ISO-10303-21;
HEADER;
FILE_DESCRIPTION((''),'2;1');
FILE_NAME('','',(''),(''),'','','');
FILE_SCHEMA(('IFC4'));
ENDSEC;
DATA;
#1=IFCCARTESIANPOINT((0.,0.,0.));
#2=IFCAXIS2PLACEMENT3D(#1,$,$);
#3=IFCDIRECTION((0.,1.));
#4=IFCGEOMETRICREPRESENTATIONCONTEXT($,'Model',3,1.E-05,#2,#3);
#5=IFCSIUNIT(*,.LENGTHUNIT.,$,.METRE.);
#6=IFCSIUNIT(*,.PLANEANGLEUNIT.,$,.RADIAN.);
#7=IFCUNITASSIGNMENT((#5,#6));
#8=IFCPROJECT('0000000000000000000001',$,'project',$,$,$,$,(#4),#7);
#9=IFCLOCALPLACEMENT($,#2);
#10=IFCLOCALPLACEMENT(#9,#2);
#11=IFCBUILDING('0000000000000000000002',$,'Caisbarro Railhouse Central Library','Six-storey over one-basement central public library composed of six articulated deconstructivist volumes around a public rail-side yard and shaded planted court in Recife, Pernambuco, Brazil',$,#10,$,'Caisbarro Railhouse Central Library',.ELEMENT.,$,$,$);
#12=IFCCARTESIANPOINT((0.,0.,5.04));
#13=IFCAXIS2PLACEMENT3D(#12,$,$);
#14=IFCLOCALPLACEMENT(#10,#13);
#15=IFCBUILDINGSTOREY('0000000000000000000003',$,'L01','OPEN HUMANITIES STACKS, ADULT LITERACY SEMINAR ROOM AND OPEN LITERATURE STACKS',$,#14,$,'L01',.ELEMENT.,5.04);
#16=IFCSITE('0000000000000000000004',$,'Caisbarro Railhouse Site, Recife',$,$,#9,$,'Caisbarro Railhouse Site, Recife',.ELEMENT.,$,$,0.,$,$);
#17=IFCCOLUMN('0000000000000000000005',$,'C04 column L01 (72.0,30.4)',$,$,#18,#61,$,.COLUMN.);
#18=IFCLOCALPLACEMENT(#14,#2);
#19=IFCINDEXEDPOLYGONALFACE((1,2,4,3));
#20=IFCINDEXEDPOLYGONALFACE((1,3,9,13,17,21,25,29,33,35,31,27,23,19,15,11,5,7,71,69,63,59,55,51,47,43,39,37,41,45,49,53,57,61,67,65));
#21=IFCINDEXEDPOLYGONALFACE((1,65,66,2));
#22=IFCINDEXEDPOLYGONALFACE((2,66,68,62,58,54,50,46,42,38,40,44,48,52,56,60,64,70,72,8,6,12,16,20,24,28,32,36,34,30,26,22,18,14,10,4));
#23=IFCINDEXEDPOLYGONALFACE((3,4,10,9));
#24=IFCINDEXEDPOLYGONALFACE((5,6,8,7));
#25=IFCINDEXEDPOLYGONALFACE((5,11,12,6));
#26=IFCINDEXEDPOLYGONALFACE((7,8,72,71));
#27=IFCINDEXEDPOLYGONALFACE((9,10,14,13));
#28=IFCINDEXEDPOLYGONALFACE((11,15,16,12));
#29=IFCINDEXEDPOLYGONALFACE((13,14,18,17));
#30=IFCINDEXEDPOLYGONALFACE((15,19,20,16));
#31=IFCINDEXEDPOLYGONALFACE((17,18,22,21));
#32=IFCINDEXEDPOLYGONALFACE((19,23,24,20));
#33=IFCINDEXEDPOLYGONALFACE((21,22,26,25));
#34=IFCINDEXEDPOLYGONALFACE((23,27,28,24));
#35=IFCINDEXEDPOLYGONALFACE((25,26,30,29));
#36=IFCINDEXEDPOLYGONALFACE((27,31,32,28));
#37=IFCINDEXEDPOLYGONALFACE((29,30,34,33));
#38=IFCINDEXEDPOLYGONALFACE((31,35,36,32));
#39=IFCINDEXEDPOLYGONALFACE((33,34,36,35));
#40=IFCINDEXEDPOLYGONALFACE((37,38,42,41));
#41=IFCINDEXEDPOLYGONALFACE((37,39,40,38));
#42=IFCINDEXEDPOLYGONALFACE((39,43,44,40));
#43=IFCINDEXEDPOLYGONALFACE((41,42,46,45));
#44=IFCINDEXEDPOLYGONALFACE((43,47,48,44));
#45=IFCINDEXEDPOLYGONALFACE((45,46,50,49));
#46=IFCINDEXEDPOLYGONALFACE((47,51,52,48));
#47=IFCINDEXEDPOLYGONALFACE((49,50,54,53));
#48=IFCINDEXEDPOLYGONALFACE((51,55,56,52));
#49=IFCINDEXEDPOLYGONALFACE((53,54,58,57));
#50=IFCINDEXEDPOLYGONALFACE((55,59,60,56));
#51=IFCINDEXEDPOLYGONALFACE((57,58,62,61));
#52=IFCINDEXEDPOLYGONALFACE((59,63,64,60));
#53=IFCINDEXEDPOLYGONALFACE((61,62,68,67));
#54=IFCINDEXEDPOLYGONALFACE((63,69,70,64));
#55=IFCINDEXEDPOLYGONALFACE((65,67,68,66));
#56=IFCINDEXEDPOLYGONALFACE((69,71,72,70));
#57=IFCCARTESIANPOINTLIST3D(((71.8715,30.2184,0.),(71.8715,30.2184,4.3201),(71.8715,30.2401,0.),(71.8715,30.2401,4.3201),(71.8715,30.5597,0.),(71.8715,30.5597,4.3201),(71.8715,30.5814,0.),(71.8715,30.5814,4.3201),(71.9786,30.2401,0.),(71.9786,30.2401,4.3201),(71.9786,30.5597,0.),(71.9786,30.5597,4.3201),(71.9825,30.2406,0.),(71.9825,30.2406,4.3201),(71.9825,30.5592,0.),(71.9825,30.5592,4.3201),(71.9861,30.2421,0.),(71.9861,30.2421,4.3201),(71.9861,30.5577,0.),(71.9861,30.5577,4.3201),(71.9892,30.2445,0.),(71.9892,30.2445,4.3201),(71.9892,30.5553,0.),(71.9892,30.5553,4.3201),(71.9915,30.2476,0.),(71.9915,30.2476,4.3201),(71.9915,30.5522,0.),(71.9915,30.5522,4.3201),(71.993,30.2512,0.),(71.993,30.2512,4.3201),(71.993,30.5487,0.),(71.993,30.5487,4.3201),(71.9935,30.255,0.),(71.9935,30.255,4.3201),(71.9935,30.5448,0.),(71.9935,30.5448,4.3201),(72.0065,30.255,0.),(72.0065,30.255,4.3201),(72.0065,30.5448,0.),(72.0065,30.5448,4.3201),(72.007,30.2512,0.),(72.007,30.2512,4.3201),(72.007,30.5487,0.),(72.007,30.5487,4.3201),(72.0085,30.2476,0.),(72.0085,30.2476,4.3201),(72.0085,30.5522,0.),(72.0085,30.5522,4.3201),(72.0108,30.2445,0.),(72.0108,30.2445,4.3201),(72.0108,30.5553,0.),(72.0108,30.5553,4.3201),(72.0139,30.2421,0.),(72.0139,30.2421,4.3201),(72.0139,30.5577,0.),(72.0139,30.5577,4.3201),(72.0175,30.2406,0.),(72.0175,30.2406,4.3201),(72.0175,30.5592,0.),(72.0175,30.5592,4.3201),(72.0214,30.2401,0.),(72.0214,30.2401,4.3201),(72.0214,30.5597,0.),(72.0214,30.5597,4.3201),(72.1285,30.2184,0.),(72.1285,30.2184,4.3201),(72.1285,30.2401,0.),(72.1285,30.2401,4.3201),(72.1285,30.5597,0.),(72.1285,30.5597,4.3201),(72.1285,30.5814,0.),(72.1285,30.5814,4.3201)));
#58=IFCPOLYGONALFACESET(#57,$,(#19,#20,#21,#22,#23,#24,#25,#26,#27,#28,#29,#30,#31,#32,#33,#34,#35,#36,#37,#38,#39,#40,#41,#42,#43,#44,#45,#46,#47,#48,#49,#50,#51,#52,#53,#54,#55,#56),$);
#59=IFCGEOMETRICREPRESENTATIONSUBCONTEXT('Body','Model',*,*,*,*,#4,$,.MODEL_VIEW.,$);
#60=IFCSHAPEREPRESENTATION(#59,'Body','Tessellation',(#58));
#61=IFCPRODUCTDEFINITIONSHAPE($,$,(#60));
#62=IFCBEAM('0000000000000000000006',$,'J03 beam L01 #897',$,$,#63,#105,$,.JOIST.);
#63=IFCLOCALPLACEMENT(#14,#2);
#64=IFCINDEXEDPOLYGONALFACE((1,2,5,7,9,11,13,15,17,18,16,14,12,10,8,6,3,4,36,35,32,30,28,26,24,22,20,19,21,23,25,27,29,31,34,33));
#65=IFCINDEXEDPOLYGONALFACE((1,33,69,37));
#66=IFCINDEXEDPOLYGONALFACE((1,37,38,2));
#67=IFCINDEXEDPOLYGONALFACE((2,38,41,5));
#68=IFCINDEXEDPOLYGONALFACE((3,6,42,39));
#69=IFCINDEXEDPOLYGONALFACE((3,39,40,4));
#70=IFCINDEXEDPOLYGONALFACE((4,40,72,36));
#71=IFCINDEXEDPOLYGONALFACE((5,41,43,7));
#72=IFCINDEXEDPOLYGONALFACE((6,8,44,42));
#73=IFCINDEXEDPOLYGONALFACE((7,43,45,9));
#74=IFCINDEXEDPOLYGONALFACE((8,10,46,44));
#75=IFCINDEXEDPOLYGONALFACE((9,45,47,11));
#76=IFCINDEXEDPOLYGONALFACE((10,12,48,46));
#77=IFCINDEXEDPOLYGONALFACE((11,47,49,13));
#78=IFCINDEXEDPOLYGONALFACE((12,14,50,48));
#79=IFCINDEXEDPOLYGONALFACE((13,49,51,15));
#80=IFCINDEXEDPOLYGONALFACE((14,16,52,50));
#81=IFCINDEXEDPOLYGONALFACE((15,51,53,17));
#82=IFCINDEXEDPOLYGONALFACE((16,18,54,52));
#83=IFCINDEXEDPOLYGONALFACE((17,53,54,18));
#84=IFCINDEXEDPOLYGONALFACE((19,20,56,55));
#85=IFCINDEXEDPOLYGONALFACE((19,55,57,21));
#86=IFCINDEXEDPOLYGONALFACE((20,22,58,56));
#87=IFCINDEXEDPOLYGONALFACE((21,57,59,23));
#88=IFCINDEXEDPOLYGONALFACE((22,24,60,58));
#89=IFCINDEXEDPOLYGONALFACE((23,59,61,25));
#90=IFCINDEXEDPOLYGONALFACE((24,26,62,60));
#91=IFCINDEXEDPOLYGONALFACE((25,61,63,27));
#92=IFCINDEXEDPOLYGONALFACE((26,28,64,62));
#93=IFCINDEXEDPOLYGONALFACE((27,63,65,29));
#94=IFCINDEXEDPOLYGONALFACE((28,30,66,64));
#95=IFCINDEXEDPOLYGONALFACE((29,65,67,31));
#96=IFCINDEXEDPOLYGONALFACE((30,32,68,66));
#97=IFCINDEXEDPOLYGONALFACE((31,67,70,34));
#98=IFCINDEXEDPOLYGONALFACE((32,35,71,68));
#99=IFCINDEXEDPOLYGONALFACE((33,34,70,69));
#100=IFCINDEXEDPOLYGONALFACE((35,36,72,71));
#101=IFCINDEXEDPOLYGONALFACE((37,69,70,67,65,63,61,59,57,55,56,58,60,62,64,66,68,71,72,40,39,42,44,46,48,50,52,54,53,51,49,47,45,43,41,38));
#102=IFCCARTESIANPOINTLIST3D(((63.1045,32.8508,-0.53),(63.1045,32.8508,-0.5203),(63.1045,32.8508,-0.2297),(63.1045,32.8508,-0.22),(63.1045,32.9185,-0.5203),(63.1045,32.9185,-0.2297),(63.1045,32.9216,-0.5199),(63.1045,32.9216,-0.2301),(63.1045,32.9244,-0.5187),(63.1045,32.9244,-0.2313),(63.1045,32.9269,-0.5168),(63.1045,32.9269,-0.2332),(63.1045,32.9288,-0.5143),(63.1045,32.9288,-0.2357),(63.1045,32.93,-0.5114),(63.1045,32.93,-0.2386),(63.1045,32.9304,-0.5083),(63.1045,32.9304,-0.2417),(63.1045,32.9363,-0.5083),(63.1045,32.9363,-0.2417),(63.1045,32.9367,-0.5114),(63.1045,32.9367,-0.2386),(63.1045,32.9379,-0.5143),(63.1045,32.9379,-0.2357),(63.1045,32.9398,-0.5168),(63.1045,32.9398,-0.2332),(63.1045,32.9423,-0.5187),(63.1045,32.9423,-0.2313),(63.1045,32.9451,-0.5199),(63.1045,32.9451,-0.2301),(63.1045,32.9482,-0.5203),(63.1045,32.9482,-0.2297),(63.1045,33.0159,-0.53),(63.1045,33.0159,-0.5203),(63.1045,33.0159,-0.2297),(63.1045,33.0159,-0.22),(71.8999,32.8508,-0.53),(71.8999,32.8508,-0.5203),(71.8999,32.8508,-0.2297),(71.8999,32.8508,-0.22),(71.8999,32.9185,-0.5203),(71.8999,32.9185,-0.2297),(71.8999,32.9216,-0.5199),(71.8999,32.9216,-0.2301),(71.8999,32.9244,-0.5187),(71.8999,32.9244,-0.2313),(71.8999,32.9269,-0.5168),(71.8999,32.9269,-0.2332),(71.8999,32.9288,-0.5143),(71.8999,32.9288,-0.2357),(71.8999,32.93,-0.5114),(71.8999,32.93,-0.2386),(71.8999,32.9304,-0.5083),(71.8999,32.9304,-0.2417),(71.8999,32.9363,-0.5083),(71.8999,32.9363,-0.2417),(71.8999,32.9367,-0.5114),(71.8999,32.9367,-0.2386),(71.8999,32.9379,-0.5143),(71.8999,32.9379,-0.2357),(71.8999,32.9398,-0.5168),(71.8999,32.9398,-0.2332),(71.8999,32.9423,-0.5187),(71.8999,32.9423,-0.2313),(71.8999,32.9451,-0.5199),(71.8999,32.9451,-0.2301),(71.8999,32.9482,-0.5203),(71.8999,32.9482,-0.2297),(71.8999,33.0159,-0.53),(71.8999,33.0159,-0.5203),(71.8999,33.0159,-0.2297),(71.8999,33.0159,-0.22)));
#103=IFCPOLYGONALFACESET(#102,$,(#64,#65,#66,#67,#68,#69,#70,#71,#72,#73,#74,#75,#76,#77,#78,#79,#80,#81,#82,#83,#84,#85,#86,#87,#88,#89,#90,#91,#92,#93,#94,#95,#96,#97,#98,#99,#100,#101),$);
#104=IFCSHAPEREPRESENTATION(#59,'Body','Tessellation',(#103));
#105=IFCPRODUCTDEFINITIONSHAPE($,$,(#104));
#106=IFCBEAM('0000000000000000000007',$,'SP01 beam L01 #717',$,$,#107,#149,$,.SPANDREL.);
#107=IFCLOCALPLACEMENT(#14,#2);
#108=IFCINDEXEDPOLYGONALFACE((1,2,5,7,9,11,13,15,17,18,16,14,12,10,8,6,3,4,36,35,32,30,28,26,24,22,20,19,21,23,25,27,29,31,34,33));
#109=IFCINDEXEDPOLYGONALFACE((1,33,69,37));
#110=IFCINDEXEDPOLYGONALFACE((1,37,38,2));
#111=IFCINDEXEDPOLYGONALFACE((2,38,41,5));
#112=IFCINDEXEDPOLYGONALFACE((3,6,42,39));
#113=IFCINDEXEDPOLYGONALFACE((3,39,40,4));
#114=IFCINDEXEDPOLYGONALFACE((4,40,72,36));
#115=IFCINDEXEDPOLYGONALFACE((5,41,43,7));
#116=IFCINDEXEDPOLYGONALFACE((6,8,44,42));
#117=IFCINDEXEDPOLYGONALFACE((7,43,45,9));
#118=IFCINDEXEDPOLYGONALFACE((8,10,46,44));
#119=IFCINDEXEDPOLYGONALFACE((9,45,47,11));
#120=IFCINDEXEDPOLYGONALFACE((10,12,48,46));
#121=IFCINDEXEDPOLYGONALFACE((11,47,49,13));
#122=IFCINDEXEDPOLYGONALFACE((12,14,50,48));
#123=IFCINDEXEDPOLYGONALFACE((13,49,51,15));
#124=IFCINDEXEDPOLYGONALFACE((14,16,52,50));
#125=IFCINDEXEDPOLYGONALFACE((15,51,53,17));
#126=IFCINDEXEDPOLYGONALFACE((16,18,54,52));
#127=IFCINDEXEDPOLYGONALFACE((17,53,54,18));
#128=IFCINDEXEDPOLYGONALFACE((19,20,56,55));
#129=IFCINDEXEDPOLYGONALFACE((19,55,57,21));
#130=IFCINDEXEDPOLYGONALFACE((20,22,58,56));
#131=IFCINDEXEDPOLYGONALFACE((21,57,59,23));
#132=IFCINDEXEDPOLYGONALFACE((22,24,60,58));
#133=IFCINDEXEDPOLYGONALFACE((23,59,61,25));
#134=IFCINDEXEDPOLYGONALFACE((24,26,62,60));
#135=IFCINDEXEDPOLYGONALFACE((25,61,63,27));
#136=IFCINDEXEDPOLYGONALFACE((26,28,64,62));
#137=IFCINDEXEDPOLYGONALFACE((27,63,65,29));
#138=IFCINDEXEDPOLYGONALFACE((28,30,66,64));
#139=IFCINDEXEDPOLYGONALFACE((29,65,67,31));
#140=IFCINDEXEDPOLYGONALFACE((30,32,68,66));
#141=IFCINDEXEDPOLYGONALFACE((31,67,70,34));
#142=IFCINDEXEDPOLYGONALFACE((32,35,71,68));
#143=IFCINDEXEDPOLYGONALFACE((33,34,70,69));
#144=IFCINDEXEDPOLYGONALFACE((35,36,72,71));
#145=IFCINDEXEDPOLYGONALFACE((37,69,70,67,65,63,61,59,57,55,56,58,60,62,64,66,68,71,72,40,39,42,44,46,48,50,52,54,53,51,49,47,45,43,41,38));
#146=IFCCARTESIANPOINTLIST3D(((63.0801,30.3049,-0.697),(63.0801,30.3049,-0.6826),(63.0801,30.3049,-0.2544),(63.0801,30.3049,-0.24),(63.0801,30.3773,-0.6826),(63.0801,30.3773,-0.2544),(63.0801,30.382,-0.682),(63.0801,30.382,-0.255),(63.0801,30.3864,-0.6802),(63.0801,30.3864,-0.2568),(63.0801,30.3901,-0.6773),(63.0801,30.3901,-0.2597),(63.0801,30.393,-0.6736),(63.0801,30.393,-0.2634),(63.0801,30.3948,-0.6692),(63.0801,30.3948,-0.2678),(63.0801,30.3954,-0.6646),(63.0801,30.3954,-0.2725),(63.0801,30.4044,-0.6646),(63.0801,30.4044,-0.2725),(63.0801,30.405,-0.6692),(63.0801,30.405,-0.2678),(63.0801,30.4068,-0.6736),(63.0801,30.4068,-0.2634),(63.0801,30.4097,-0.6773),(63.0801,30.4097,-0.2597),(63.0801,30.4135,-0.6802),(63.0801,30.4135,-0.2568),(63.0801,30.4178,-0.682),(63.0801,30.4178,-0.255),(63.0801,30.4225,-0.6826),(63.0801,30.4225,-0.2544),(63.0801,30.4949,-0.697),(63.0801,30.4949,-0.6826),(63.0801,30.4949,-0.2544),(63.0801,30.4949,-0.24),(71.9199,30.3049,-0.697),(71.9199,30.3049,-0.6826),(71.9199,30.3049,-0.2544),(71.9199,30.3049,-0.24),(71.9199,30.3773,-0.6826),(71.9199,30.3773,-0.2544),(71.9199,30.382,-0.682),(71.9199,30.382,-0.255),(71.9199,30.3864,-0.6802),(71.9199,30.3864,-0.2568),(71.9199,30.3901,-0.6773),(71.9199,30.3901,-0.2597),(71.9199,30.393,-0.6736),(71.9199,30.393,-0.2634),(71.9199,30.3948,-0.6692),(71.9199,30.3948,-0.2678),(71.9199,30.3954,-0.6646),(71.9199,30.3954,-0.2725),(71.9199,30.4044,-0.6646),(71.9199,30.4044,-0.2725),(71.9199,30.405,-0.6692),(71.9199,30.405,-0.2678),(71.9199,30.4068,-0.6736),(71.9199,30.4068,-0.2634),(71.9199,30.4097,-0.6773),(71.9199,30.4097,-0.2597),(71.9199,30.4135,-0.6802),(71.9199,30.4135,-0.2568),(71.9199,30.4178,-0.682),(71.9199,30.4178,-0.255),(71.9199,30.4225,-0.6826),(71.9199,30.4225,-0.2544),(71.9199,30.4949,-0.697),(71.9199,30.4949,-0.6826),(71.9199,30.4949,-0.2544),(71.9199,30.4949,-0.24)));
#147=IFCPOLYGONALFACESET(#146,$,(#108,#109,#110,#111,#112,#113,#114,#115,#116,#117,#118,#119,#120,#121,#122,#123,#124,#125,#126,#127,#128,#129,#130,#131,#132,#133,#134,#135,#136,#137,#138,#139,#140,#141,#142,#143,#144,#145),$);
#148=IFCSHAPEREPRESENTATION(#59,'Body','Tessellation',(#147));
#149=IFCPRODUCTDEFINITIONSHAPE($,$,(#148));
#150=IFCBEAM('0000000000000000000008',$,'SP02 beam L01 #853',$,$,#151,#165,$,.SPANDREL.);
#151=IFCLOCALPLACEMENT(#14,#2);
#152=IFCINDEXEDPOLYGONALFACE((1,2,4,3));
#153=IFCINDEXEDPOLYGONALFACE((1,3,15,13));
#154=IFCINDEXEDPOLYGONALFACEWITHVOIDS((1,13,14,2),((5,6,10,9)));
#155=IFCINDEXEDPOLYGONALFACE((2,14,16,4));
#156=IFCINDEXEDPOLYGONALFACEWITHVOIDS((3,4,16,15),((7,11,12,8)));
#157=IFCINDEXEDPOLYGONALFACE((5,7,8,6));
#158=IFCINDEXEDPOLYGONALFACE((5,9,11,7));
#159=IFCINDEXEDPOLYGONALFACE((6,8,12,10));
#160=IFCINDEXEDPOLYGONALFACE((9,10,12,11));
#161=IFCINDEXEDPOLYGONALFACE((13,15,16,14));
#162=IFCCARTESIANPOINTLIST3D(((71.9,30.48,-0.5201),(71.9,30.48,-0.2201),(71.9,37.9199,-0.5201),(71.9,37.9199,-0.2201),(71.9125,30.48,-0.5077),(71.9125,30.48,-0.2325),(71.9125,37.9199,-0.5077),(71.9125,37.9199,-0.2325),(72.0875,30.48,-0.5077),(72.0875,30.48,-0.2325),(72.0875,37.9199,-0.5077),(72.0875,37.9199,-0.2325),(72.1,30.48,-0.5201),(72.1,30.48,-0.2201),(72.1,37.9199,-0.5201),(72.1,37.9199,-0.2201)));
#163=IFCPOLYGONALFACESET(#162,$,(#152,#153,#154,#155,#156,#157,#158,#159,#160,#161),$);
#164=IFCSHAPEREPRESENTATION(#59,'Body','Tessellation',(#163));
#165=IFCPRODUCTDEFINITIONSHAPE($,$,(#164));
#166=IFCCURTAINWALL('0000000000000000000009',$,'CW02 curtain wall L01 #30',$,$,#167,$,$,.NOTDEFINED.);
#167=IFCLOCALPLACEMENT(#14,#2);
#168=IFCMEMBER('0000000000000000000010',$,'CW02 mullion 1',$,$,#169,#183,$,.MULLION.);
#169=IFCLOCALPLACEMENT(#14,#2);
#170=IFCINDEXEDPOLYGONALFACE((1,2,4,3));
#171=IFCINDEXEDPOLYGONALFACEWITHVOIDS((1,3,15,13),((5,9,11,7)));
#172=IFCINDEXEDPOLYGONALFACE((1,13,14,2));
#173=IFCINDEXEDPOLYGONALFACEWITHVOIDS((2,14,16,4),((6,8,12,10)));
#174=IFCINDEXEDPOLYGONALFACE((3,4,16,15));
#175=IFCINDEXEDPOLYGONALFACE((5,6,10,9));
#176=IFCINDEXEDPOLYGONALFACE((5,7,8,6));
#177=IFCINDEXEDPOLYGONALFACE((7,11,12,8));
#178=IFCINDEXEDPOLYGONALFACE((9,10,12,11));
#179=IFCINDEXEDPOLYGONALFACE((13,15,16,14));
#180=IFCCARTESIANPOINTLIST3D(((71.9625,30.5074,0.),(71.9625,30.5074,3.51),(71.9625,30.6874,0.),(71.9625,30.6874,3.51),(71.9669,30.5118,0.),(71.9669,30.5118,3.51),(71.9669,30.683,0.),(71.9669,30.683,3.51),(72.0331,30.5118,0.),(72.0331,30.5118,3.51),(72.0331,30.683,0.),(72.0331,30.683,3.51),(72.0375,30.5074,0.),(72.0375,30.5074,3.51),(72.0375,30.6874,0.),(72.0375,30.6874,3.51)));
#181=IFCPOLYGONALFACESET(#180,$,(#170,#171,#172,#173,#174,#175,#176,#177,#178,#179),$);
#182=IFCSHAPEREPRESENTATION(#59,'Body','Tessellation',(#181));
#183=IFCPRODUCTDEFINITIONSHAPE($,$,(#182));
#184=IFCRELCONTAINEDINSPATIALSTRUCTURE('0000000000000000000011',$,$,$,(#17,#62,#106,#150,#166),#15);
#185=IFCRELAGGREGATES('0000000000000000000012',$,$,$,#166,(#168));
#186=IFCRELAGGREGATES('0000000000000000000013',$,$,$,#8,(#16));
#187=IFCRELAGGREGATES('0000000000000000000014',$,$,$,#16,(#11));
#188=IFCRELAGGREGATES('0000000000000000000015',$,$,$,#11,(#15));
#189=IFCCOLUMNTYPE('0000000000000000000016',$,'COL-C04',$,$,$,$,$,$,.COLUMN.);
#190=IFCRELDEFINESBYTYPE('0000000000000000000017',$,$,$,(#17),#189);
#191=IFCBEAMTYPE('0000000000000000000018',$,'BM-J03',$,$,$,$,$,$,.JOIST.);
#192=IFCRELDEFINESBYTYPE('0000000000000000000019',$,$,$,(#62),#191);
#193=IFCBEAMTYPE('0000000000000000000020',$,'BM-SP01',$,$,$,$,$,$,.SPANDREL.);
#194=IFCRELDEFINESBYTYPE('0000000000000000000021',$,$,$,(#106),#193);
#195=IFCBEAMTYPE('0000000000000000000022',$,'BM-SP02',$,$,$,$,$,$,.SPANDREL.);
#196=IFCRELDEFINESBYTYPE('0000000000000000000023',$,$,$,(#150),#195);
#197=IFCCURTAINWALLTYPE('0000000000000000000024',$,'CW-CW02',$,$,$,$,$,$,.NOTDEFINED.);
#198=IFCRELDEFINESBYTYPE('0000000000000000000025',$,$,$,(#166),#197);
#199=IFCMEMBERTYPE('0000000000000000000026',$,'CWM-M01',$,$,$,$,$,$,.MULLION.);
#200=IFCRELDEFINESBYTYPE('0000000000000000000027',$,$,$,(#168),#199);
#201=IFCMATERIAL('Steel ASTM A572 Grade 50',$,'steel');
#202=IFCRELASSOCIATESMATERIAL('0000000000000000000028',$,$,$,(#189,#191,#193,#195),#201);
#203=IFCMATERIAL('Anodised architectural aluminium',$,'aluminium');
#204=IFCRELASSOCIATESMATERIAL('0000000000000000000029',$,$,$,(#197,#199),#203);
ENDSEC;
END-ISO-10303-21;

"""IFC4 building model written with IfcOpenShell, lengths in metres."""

from ifc_helpers import new_model, si_unit, direction, frame, origin, origin_2d, place, context, subcontext, project, spatial, hollow_rectangle, i_section, extrude, material, material_profile, profile_set, type_object, element, aggregate, save


model = new_model("IFC4")

# Units and contexts
model_context = context("Model", 3, precision=1e-05, world=origin(), true_north=direction((0.0, 1.0)))
body_context = subcontext(model_context, "Body", "Model", "MODEL_VIEW")
ifc_project = project(units=[si_unit("LENGTHUNIT", "METRE"), si_unit("PLANEANGLEUNIT", "RADIAN")], contexts=[model_context])

# Site, building, storey
site_placement = place(None, origin())
site = spatial("IfcSite", under=ifc_project, at=site_placement, Name="Caisbarro Railhouse Site, Recife", LongName="Caisbarro Railhouse Site, Recife", CompositionType="ELEMENT", RefElevation=0.0)
building_placement = place(site_placement, origin())
building = spatial("IfcBuilding", under=site, at=building_placement, Name="Caisbarro Railhouse Central Library", Description="Six-storey over one-basement central public library composed of six articulated deconstructivist volumes around a public rail-side yard and shaded planted court in Recife, Pernambuco, Brazil", LongName="Caisbarro Railhouse Central Library", CompositionType="ELEMENT")
storey_placement = place(building_placement, frame((0.0, 0.0, 5.04)))
storey = spatial("IfcBuildingStorey", under=building, at=storey_placement, Name="L01", Description="OPEN HUMANITIES STACKS, ADULT LITERACY SEMINAR ROOM AND OPEN LITERATURE STACKS", LongName="L01", CompositionType="ELEMENT", Elevation=5.04)

# Column
ifc_material_1 = material(Name="Steel ASTM A572 Grade 50", Category="steel")
ifc_material_profile_1 = material_profile(ifc_material_1, i_section(OverallWidth=0.2571, OverallDepth=0.363, WebThickness=0.0129, FlangeThickness=0.0217, FilletRadius=0.0149, at=origin_2d()), Name="W360X122.0")
ifc_profile_set_1 = profile_set([ifc_material_profile_1], Name="Steel ASTM A572 Grade 50")
column_type = type_object("IfcColumnType", Name="COL-C04", PredefinedType="COLUMN", material=ifc_profile_set_1)
column_placement = place(storey_placement, frame((72.0, 30.3999, 0.0), z_axis=(0.0, 0.0, 1.0), x_axis=(1.0, 0.0, 0.0)))
element("IfcColumn", 1, at=column_placement, inside=storey, type_object=column_type, Name="C04 column L01 (72.0,30.4)", PredefinedType="COLUMN", context=body_context, shape_type="SweptSolid", body=[
    extrude(i_section(OverallWidth=0.2571, OverallDepth=0.363, WebThickness=0.0129, FlangeThickness=0.0217, FilletRadius=0.0149, at=origin_2d()), origin(), (0.0, 0.0, 1.0), 4.3201),
])

# Beams
ifc_material_profile_2 = material_profile(ifc_material_1, i_section(OverallWidth=0.165, OverallDepth=0.3101, WebThickness=0.0059, FlangeThickness=0.0098, FilletRadius=0.012, at=origin_2d()), Name="W310X38.7")
ifc_profile_set_2 = profile_set([ifc_material_profile_2], Name="Steel ASTM A572 Grade 50")
beam_type_1 = type_object("IfcBeamType", Name="BM-J03", PredefinedType="JOIST", material=ifc_profile_set_2)
beam_1_placement = place(storey_placement, frame((63.1045, 32.9333, -0.375), z_axis=(1.0, 0.0, 0.0), x_axis=(0.0, 1.0, 0.0)))
element("IfcBeam", 2, at=beam_1_placement, inside=storey, type_object=beam_type_1, Name="J03 beam L01 #897", PredefinedType="JOIST", context=body_context, shape_type="SweptSolid", body=[
    extrude(i_section(OverallWidth=0.165, OverallDepth=0.3101, WebThickness=0.0059, FlangeThickness=0.0098, FilletRadius=0.012, at=origin_2d()), origin(), (0.0, 0.0, 1.0), 8.7954),
])
ifc_material_profile_3 = material_profile(ifc_material_1, i_section(OverallWidth=0.1899, OverallDepth=0.457, WebThickness=0.009, FlangeThickness=0.0144, FilletRadius=0.0181, at=origin_2d()), Name="W460X74.0")
ifc_profile_set_3 = profile_set([ifc_material_profile_3], Name="Steel ASTM A572 Grade 50")
beam_type_2 = type_object("IfcBeamType", Name="BM-SP01", PredefinedType="SPANDREL", material=ifc_profile_set_3)
beam_2_placement = place(storey_placement, frame((63.0801, 30.3999, -0.4685), z_axis=(1.0, 0.0, 0.0), x_axis=(0.0, 1.0, 0.0)))
element("IfcBeam", 3, at=beam_2_placement, inside=storey, type_object=beam_type_2, Name="SP01 beam L01 #717", PredefinedType="SPANDREL", context=body_context, shape_type="SweptSolid", body=[
    extrude(i_section(OverallWidth=0.1899, OverallDepth=0.457, WebThickness=0.009, FlangeThickness=0.0144, FilletRadius=0.0181, at=origin_2d()), origin(), (0.0, 0.0, 1.0), 8.8398),
])
ifc_material_profile_4 = material_profile(ifc_material_1, hollow_rectangle(XDim=0.2, YDim=0.3, WallThickness=0.0125, at=origin_2d()), Name="HSS300X200X12.5")
ifc_profile_set_4 = profile_set([ifc_material_profile_4], Name="Steel ASTM A572 Grade 50")
beam_type_3 = type_object("IfcBeamType", Name="BM-SP02", PredefinedType="SPANDREL", material=ifc_profile_set_4)
beam_3_placement = place(storey_placement, frame((72.0, 30.48, -0.3701), z_axis=(0.0, 1.0, 0.0), x_axis=(-1.0, 0.0, 0.0)))
element("IfcBeam", 4, at=beam_3_placement, inside=storey, type_object=beam_type_3, Name="SP02 beam L01 #853", PredefinedType="SPANDREL", context=body_context, shape_type="SweptSolid", body=[
    extrude(hollow_rectangle(XDim=0.2, YDim=0.3, WallThickness=0.0125, at=origin_2d()), origin(), (0.0, 0.0, 1.0), 7.4399),
])

# Curtain wall, member
ifc_material_2 = material(Name="Anodised architectural aluminium", Category="aluminium")
curtain_wall_type = type_object("IfcCurtainWallType", Name="CW-CW02", PredefinedType="NOTDEFINED", material=ifc_material_2)
curtain_wall_placement = place(storey_placement, origin())
curtain_wall = element("IfcCurtainWall", 5, at=curtain_wall_placement, inside=storey, type_object=curtain_wall_type, Name="CW02 curtain wall L01 #30", PredefinedType="NOTDEFINED")
ifc_material_profile_5 = material_profile(ifc_material_2, hollow_rectangle(XDim=0.075, YDim=0.1799, WallThickness=0.0044, at=origin_2d()), Name="ALU-MUL-75X180")
ifc_profile_set_5 = profile_set([ifc_material_profile_5], Name="Anodised architectural aluminium")
member_type_1 = type_object("IfcMemberType", Name="CWM-M01", PredefinedType="MULLION", material=ifc_profile_set_5)
member_1_placement = place(storey_placement, frame((72.0, 30.5974, 0.0), z_axis=(0.0, 0.0, 1.0), x_axis=(-1.0, 0.0, 0.0)))
member_1 = element("IfcMember", 6, at=member_1_placement, type_object=member_type_1, Name="CW02 mullion 1", PredefinedType="MULLION", context=body_context, shape_type="SweptSolid", body=[
    extrude(hollow_rectangle(XDim=0.075, YDim=0.1799, WallThickness=0.0044, at=origin_2d()), origin(), (0.0, 0.0, 1.0), 3.51),
])
aggregate(curtain_wall, [member_1])

save(model, "model.ifc")
